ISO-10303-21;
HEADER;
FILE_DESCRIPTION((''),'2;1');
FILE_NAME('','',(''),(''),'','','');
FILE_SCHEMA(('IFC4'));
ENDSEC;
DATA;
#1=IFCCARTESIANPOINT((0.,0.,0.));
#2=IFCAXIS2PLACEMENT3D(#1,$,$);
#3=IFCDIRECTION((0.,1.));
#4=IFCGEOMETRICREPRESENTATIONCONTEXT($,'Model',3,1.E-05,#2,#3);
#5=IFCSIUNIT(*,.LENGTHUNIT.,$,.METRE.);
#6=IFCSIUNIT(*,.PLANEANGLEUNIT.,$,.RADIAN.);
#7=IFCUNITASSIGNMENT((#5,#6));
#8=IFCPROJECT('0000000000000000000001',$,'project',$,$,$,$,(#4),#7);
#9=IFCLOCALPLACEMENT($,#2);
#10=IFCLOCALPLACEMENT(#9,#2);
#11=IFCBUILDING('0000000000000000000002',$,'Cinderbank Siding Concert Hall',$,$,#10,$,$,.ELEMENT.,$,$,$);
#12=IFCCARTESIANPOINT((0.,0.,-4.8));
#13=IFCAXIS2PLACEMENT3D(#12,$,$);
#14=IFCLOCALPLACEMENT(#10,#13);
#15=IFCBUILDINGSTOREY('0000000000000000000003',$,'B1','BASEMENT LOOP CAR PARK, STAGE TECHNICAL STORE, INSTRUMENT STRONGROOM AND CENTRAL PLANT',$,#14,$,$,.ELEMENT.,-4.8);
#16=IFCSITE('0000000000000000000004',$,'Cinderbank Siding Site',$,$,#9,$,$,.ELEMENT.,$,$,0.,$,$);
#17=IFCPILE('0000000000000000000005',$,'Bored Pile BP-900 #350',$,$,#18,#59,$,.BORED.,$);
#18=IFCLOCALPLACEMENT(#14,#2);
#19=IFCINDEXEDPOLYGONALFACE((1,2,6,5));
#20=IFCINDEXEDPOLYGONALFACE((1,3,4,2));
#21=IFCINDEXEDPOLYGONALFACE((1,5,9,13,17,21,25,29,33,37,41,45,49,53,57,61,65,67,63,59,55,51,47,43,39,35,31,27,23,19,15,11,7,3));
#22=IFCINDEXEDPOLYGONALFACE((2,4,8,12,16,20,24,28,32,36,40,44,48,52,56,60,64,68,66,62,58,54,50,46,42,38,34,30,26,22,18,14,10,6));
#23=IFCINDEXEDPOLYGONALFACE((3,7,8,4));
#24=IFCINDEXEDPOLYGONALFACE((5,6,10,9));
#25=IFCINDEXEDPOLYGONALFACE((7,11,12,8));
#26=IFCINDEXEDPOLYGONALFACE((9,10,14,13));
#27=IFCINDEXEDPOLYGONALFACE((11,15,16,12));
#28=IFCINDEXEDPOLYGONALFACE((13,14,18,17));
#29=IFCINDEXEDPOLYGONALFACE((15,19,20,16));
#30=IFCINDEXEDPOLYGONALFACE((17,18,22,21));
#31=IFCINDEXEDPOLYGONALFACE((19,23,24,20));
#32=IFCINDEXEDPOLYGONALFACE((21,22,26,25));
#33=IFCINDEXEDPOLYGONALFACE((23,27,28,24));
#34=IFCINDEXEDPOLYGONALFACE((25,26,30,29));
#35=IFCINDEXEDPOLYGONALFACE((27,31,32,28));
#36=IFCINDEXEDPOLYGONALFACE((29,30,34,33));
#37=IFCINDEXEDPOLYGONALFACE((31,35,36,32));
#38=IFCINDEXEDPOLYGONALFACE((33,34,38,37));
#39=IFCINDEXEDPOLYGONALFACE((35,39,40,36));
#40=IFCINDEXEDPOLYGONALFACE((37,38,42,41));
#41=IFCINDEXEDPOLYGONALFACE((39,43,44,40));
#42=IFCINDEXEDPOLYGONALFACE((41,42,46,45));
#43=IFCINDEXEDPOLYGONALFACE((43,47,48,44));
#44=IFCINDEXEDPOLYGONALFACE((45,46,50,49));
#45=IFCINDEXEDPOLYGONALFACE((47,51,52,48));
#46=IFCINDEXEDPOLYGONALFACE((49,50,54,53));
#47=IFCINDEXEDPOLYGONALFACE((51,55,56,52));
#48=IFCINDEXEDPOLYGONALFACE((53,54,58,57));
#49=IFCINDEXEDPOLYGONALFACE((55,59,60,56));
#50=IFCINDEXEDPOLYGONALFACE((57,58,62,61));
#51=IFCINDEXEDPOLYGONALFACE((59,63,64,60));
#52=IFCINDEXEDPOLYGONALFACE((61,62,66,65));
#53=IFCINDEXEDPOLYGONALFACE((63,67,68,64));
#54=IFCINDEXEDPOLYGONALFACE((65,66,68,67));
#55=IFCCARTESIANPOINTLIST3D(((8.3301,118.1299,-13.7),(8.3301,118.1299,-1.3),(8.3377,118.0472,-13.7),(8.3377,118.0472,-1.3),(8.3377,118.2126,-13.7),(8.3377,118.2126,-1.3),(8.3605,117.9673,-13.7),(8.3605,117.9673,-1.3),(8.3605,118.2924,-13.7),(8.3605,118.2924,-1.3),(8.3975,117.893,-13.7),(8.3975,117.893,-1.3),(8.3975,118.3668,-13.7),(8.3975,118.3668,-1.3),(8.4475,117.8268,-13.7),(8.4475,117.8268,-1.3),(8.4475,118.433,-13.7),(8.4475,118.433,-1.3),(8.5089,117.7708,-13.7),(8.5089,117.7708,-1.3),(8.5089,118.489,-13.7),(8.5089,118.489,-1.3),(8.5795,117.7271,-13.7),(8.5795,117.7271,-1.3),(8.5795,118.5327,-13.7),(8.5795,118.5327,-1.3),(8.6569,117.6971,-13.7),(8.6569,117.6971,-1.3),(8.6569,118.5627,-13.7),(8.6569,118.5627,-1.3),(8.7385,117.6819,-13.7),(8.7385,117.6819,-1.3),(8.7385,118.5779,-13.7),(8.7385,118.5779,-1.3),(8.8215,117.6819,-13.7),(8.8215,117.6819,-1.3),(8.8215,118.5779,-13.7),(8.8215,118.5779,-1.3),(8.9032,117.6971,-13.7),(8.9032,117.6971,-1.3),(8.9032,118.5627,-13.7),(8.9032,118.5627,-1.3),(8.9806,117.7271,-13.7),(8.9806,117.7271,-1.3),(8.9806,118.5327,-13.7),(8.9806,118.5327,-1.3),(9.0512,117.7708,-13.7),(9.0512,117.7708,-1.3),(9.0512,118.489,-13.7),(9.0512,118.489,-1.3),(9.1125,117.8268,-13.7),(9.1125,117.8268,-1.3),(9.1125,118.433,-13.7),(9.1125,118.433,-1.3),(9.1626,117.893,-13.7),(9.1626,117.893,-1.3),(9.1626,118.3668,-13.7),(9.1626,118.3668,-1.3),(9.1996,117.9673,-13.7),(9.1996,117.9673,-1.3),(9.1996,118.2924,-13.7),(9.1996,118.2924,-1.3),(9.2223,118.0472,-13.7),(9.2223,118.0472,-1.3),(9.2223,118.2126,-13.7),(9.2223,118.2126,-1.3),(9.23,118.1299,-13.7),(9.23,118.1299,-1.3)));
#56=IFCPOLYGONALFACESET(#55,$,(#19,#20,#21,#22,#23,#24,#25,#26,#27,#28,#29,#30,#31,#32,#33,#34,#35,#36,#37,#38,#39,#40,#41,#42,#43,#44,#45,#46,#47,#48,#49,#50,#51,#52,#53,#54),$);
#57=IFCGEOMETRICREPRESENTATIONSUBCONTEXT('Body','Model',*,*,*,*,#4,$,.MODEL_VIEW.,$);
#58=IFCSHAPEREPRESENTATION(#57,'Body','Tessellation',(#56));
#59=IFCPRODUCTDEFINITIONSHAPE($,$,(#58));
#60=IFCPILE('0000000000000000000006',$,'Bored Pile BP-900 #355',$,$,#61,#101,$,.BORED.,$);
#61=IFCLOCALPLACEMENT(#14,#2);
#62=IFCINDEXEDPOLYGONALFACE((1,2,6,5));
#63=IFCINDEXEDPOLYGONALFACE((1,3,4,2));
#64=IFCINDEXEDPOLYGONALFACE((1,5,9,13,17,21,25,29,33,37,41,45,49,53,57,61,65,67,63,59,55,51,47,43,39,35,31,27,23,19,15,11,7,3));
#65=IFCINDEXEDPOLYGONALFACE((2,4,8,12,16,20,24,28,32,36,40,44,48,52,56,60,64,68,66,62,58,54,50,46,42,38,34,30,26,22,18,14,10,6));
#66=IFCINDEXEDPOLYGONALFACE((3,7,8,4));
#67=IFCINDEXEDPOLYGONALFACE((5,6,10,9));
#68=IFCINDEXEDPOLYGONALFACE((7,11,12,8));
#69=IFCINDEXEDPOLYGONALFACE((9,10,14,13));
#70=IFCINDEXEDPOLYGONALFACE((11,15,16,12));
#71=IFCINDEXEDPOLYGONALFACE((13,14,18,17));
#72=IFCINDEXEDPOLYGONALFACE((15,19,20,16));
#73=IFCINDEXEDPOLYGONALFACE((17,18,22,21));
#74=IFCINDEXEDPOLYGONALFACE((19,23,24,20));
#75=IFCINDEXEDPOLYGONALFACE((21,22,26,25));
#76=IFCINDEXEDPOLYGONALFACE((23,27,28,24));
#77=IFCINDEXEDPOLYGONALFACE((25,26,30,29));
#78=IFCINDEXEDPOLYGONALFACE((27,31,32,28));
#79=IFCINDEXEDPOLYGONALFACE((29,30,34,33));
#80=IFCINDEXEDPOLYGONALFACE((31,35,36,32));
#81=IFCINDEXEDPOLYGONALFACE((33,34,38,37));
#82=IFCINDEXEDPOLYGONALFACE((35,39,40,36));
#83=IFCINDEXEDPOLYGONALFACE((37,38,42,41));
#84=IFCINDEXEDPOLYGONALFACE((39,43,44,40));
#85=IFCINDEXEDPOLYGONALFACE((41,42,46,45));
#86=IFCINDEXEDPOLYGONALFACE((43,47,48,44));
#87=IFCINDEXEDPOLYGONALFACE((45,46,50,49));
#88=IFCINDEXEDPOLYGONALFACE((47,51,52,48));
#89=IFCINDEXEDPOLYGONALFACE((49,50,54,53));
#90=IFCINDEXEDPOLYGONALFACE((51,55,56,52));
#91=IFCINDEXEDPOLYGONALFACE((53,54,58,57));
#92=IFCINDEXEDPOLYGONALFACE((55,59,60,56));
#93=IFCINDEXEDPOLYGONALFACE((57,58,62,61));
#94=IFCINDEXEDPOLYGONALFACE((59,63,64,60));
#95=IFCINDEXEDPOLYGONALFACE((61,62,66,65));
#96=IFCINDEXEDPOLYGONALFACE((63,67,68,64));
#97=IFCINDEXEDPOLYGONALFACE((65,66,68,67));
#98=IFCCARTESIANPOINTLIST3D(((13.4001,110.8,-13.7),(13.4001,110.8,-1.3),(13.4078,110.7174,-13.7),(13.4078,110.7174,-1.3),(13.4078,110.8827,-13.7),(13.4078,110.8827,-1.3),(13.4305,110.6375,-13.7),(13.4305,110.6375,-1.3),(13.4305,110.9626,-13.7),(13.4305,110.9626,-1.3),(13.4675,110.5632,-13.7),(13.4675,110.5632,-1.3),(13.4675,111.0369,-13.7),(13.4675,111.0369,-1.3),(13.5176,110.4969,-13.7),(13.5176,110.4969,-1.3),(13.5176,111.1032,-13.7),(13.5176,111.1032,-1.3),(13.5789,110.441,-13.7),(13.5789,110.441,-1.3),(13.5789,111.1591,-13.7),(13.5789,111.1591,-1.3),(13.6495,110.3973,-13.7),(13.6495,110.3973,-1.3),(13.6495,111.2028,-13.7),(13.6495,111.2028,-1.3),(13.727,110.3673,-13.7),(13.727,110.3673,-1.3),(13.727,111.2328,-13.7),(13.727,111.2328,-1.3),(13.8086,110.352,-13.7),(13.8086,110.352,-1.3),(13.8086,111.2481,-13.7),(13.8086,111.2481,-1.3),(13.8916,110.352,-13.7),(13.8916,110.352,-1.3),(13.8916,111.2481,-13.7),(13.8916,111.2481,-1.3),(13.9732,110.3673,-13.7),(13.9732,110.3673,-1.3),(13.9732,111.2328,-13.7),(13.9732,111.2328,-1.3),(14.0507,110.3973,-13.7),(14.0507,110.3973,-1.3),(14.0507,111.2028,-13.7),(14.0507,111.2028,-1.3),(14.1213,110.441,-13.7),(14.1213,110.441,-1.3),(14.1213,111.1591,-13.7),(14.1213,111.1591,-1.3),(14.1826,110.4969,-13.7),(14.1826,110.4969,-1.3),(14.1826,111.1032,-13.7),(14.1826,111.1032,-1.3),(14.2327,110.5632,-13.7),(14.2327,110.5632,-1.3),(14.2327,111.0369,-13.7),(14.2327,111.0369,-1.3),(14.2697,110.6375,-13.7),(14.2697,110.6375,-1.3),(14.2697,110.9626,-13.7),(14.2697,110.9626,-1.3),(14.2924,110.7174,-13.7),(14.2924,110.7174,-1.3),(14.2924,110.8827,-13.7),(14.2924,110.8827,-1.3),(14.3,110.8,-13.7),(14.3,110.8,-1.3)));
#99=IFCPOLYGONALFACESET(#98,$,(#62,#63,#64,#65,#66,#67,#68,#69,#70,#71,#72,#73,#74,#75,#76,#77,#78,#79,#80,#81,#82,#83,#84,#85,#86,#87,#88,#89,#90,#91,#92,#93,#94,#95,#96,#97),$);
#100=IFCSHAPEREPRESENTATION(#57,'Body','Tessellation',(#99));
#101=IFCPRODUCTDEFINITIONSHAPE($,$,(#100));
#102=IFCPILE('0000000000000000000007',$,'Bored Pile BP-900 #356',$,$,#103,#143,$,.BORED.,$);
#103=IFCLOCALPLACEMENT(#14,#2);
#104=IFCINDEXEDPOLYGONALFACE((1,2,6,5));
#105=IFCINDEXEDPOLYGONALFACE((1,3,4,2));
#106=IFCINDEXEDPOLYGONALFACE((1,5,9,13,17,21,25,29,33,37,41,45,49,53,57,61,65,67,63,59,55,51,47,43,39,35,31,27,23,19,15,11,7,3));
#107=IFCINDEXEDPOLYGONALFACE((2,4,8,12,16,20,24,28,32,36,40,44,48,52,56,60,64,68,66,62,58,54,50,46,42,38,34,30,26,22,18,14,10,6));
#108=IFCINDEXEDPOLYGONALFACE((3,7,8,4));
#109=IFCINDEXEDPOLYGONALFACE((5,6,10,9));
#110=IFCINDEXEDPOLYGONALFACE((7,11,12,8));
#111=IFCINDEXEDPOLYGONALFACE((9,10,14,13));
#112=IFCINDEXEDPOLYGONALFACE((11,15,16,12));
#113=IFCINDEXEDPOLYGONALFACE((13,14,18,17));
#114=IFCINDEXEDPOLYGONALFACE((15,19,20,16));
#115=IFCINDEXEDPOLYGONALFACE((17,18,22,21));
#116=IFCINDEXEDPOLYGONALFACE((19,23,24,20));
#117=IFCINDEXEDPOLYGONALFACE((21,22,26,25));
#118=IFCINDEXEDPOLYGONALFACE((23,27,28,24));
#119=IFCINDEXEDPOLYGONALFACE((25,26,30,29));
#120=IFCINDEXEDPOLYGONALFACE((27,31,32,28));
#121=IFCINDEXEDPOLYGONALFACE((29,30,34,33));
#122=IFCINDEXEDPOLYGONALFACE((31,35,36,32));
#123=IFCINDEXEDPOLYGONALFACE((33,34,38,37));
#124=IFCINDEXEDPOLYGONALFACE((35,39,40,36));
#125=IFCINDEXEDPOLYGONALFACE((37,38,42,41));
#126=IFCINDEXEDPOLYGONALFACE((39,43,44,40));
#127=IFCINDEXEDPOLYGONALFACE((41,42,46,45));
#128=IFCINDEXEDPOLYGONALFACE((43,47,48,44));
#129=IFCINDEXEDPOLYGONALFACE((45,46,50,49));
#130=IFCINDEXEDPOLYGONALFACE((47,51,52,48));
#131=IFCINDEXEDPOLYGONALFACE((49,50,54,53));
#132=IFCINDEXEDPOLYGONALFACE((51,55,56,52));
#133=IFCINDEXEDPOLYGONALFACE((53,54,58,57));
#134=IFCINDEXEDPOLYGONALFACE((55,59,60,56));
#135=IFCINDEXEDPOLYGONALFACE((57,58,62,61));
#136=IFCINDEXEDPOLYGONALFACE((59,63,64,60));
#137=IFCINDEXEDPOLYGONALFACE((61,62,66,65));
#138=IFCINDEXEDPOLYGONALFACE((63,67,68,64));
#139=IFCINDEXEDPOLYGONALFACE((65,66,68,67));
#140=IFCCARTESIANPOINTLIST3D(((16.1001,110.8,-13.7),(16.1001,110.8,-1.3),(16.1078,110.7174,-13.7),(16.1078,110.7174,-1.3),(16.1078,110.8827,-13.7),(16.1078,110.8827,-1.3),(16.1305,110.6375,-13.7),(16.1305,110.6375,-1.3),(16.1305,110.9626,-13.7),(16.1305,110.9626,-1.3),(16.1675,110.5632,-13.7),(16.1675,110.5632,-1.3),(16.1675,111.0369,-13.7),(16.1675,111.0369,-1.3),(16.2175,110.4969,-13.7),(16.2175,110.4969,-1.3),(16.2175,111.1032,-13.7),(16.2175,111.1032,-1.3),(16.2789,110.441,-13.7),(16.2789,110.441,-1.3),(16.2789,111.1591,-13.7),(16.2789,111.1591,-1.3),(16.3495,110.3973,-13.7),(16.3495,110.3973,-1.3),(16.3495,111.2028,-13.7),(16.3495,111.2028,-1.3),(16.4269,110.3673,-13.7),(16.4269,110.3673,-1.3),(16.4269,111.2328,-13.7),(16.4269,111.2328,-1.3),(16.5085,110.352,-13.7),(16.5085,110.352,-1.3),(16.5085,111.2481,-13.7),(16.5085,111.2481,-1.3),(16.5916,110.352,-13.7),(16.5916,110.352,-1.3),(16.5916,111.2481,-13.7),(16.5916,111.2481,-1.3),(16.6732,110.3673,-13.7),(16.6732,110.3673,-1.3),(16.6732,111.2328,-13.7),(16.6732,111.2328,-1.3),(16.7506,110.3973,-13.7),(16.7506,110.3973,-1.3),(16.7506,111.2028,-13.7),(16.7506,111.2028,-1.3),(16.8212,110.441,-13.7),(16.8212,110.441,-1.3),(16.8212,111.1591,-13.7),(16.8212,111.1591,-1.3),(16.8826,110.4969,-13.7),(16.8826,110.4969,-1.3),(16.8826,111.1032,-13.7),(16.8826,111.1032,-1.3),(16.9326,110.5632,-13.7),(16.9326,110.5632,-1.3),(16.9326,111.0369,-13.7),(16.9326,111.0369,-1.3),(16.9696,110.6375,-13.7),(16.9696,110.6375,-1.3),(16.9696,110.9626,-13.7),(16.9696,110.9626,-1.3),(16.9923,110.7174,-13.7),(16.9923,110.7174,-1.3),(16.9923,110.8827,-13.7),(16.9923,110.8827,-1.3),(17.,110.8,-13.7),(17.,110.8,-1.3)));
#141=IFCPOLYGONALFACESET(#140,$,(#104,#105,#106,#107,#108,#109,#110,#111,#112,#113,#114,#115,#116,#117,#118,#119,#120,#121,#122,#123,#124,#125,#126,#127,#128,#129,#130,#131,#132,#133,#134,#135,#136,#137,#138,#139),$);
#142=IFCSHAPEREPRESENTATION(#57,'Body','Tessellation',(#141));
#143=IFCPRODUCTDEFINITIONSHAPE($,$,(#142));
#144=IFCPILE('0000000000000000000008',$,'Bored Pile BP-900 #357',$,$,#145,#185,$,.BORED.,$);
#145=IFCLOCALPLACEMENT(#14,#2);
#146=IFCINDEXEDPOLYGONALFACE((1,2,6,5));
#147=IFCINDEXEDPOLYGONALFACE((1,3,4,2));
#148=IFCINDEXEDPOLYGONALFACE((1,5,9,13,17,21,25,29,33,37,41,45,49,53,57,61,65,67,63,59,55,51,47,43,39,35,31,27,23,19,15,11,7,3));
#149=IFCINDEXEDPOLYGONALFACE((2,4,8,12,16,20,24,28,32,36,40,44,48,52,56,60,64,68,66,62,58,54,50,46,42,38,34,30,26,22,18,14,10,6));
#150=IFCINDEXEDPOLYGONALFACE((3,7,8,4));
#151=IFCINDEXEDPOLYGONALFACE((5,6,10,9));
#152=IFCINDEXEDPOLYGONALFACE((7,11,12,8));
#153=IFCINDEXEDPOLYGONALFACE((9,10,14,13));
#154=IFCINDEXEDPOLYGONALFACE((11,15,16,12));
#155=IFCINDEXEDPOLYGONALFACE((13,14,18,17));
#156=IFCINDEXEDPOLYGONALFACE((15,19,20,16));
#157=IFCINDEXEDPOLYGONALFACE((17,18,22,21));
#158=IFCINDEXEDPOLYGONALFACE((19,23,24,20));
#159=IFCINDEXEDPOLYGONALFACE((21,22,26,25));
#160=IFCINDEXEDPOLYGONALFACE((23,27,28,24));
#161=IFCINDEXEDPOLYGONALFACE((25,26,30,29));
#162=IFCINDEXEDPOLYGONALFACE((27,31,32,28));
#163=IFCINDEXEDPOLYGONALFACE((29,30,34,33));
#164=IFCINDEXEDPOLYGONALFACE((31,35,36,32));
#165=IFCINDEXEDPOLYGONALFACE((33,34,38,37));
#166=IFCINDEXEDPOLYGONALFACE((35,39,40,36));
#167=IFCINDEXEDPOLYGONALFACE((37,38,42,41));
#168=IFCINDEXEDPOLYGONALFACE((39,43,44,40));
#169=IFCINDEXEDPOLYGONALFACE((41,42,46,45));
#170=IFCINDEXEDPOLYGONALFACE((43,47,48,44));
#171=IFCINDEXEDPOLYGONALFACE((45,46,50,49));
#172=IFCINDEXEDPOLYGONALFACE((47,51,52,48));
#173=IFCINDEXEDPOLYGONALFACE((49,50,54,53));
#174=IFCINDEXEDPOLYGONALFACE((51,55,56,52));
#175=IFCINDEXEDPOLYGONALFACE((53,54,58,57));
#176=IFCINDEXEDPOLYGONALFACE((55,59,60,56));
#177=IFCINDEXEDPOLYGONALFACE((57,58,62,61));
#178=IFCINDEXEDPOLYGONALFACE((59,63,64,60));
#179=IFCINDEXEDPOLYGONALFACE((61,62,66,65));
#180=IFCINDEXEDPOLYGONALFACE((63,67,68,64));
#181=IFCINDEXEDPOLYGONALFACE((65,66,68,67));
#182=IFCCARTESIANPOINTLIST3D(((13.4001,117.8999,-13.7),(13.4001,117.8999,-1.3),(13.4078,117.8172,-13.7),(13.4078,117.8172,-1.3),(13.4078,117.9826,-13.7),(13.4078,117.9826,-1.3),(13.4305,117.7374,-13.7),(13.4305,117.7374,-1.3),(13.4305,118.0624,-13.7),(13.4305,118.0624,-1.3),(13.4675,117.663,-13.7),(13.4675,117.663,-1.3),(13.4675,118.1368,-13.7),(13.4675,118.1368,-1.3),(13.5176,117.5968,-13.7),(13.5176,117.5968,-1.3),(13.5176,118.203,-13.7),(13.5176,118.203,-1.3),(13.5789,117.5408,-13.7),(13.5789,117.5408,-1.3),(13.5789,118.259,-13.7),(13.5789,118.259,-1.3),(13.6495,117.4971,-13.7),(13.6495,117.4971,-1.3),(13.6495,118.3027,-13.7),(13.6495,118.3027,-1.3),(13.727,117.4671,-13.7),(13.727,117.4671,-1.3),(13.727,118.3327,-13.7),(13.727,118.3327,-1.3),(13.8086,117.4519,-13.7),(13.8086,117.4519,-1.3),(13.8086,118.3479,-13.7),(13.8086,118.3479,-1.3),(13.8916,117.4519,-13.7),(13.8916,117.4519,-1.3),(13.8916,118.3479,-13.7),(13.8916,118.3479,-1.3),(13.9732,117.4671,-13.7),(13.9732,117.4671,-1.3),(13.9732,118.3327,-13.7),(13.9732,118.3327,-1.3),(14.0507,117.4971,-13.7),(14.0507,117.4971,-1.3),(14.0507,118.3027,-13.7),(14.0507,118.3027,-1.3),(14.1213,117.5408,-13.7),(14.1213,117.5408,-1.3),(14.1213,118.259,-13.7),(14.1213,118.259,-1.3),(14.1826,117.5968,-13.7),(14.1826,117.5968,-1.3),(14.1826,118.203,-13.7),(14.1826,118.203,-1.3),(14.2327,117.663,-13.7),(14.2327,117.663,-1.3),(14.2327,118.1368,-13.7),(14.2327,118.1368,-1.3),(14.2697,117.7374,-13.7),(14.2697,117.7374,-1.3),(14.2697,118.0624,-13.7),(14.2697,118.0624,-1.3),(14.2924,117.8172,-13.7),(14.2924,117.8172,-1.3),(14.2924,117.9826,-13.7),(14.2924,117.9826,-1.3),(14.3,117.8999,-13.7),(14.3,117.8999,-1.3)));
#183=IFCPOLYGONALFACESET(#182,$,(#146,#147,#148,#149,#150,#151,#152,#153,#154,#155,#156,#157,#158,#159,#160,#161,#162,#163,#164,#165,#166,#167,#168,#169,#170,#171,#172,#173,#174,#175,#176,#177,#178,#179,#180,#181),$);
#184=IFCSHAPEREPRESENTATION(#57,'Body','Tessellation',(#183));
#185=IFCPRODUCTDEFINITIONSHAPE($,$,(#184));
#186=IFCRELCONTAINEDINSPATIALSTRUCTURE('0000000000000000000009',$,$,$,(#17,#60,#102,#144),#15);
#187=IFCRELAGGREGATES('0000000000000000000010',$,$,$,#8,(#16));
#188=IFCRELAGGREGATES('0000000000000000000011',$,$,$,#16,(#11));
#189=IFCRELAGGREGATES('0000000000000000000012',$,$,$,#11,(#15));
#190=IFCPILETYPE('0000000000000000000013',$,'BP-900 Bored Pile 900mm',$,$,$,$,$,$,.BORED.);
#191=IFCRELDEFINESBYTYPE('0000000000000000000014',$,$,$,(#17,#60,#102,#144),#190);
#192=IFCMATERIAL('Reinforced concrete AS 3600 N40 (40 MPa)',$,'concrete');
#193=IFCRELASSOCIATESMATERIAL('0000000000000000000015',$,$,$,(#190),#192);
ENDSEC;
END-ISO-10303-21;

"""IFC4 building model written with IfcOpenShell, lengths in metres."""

from ifc_helpers import new_model, si_unit, direction, frame, origin, origin_2d, place, context, subcontext, project, spatial, circle, extrude, material, material_profile, profile_set, type_object, element, save


model = new_model("IFC4")

# Units and contexts
model_context = context("Model", 3, precision=1e-05, world=origin(), true_north=direction((0.0, 1.0)))
body_context = subcontext(model_context, "Body", "Model", "MODEL_VIEW")
ifc_project = project(units=[si_unit("LENGTHUNIT", "METRE"), si_unit("PLANEANGLEUNIT", "RADIAN")], contexts=[model_context])

# Site, building, storey
site_placement = place(None, origin())
site = spatial("IfcSite", under=ifc_project, at=site_placement, Name="Cinderbank Siding Site", CompositionType="ELEMENT", RefElevation=0.0)
building_placement = place(site_placement, origin())
building = spatial("IfcBuilding", under=site, at=building_placement, Name="Cinderbank Siding Concert Hall", CompositionType="ELEMENT")
storey_placement = place(building_placement, frame((0.0, 0.0, -4.8)))
storey = spatial("IfcBuildingStorey", under=building, at=storey_placement, Name="B1", Description="BASEMENT LOOP CAR PARK, STAGE TECHNICAL STORE, INSTRUMENT STRONGROOM AND CENTRAL PLANT", CompositionType="ELEMENT", Elevation=-4.8)

# Piles
ifc_material_1 = material(Name="Reinforced concrete AS 3600 N40 (40 MPa)", Category="concrete")
ifc_material_profile_1 = material_profile(ifc_material_1, circle(Radius=0.45, at=origin_2d()), Name="PILE-900DIA", Category="LoadBearing")
ifc_profile_set_1 = profile_set([ifc_material_profile_1], Name="Reinforced concrete AS 3600 N40 (40 MPa)")
pile_type = type_object("IfcPileType", Name="BP-900 Bored Pile 900mm", PredefinedType="BORED", material=ifc_profile_set_1)
for number, where, z_axis, x_axis, name in (
    (1, (8.78, 118.1299, -1.3), (0.0, 0.0, -1.0), (1.0, 0.0, 0.0), "Bored Pile BP-900 #350"),
    (2, (13.8501, 110.8, -1.3), (0.0, 0.0, -1.0), (1.0, 0.0, 0.0), "Bored Pile BP-900 #355"),
    (3, (16.55, 110.8, -1.3), (0.0, 0.0, -1.0), (1.0, 0.0, 0.0), "Bored Pile BP-900 #356"),
    (4, (13.8501, 117.8999, -1.3), (0.0, 0.0, -1.0), (1.0, 0.0, 0.0), "Bored Pile BP-900 #357"),
):
    element("IfcPile", number, at=place(storey_placement, frame(where, z_axis=z_axis, x_axis=x_axis)), inside=storey, type_object=pile_type, Name=name, PredefinedType="BORED", context=body_context, shape_type="SweptSolid", body=[
        extrude(circle(Radius=0.45, at=origin_2d()), origin(), (0.0, 0.0, 1.0), 12.3999),
    ])

save(model, "model.ifc")
